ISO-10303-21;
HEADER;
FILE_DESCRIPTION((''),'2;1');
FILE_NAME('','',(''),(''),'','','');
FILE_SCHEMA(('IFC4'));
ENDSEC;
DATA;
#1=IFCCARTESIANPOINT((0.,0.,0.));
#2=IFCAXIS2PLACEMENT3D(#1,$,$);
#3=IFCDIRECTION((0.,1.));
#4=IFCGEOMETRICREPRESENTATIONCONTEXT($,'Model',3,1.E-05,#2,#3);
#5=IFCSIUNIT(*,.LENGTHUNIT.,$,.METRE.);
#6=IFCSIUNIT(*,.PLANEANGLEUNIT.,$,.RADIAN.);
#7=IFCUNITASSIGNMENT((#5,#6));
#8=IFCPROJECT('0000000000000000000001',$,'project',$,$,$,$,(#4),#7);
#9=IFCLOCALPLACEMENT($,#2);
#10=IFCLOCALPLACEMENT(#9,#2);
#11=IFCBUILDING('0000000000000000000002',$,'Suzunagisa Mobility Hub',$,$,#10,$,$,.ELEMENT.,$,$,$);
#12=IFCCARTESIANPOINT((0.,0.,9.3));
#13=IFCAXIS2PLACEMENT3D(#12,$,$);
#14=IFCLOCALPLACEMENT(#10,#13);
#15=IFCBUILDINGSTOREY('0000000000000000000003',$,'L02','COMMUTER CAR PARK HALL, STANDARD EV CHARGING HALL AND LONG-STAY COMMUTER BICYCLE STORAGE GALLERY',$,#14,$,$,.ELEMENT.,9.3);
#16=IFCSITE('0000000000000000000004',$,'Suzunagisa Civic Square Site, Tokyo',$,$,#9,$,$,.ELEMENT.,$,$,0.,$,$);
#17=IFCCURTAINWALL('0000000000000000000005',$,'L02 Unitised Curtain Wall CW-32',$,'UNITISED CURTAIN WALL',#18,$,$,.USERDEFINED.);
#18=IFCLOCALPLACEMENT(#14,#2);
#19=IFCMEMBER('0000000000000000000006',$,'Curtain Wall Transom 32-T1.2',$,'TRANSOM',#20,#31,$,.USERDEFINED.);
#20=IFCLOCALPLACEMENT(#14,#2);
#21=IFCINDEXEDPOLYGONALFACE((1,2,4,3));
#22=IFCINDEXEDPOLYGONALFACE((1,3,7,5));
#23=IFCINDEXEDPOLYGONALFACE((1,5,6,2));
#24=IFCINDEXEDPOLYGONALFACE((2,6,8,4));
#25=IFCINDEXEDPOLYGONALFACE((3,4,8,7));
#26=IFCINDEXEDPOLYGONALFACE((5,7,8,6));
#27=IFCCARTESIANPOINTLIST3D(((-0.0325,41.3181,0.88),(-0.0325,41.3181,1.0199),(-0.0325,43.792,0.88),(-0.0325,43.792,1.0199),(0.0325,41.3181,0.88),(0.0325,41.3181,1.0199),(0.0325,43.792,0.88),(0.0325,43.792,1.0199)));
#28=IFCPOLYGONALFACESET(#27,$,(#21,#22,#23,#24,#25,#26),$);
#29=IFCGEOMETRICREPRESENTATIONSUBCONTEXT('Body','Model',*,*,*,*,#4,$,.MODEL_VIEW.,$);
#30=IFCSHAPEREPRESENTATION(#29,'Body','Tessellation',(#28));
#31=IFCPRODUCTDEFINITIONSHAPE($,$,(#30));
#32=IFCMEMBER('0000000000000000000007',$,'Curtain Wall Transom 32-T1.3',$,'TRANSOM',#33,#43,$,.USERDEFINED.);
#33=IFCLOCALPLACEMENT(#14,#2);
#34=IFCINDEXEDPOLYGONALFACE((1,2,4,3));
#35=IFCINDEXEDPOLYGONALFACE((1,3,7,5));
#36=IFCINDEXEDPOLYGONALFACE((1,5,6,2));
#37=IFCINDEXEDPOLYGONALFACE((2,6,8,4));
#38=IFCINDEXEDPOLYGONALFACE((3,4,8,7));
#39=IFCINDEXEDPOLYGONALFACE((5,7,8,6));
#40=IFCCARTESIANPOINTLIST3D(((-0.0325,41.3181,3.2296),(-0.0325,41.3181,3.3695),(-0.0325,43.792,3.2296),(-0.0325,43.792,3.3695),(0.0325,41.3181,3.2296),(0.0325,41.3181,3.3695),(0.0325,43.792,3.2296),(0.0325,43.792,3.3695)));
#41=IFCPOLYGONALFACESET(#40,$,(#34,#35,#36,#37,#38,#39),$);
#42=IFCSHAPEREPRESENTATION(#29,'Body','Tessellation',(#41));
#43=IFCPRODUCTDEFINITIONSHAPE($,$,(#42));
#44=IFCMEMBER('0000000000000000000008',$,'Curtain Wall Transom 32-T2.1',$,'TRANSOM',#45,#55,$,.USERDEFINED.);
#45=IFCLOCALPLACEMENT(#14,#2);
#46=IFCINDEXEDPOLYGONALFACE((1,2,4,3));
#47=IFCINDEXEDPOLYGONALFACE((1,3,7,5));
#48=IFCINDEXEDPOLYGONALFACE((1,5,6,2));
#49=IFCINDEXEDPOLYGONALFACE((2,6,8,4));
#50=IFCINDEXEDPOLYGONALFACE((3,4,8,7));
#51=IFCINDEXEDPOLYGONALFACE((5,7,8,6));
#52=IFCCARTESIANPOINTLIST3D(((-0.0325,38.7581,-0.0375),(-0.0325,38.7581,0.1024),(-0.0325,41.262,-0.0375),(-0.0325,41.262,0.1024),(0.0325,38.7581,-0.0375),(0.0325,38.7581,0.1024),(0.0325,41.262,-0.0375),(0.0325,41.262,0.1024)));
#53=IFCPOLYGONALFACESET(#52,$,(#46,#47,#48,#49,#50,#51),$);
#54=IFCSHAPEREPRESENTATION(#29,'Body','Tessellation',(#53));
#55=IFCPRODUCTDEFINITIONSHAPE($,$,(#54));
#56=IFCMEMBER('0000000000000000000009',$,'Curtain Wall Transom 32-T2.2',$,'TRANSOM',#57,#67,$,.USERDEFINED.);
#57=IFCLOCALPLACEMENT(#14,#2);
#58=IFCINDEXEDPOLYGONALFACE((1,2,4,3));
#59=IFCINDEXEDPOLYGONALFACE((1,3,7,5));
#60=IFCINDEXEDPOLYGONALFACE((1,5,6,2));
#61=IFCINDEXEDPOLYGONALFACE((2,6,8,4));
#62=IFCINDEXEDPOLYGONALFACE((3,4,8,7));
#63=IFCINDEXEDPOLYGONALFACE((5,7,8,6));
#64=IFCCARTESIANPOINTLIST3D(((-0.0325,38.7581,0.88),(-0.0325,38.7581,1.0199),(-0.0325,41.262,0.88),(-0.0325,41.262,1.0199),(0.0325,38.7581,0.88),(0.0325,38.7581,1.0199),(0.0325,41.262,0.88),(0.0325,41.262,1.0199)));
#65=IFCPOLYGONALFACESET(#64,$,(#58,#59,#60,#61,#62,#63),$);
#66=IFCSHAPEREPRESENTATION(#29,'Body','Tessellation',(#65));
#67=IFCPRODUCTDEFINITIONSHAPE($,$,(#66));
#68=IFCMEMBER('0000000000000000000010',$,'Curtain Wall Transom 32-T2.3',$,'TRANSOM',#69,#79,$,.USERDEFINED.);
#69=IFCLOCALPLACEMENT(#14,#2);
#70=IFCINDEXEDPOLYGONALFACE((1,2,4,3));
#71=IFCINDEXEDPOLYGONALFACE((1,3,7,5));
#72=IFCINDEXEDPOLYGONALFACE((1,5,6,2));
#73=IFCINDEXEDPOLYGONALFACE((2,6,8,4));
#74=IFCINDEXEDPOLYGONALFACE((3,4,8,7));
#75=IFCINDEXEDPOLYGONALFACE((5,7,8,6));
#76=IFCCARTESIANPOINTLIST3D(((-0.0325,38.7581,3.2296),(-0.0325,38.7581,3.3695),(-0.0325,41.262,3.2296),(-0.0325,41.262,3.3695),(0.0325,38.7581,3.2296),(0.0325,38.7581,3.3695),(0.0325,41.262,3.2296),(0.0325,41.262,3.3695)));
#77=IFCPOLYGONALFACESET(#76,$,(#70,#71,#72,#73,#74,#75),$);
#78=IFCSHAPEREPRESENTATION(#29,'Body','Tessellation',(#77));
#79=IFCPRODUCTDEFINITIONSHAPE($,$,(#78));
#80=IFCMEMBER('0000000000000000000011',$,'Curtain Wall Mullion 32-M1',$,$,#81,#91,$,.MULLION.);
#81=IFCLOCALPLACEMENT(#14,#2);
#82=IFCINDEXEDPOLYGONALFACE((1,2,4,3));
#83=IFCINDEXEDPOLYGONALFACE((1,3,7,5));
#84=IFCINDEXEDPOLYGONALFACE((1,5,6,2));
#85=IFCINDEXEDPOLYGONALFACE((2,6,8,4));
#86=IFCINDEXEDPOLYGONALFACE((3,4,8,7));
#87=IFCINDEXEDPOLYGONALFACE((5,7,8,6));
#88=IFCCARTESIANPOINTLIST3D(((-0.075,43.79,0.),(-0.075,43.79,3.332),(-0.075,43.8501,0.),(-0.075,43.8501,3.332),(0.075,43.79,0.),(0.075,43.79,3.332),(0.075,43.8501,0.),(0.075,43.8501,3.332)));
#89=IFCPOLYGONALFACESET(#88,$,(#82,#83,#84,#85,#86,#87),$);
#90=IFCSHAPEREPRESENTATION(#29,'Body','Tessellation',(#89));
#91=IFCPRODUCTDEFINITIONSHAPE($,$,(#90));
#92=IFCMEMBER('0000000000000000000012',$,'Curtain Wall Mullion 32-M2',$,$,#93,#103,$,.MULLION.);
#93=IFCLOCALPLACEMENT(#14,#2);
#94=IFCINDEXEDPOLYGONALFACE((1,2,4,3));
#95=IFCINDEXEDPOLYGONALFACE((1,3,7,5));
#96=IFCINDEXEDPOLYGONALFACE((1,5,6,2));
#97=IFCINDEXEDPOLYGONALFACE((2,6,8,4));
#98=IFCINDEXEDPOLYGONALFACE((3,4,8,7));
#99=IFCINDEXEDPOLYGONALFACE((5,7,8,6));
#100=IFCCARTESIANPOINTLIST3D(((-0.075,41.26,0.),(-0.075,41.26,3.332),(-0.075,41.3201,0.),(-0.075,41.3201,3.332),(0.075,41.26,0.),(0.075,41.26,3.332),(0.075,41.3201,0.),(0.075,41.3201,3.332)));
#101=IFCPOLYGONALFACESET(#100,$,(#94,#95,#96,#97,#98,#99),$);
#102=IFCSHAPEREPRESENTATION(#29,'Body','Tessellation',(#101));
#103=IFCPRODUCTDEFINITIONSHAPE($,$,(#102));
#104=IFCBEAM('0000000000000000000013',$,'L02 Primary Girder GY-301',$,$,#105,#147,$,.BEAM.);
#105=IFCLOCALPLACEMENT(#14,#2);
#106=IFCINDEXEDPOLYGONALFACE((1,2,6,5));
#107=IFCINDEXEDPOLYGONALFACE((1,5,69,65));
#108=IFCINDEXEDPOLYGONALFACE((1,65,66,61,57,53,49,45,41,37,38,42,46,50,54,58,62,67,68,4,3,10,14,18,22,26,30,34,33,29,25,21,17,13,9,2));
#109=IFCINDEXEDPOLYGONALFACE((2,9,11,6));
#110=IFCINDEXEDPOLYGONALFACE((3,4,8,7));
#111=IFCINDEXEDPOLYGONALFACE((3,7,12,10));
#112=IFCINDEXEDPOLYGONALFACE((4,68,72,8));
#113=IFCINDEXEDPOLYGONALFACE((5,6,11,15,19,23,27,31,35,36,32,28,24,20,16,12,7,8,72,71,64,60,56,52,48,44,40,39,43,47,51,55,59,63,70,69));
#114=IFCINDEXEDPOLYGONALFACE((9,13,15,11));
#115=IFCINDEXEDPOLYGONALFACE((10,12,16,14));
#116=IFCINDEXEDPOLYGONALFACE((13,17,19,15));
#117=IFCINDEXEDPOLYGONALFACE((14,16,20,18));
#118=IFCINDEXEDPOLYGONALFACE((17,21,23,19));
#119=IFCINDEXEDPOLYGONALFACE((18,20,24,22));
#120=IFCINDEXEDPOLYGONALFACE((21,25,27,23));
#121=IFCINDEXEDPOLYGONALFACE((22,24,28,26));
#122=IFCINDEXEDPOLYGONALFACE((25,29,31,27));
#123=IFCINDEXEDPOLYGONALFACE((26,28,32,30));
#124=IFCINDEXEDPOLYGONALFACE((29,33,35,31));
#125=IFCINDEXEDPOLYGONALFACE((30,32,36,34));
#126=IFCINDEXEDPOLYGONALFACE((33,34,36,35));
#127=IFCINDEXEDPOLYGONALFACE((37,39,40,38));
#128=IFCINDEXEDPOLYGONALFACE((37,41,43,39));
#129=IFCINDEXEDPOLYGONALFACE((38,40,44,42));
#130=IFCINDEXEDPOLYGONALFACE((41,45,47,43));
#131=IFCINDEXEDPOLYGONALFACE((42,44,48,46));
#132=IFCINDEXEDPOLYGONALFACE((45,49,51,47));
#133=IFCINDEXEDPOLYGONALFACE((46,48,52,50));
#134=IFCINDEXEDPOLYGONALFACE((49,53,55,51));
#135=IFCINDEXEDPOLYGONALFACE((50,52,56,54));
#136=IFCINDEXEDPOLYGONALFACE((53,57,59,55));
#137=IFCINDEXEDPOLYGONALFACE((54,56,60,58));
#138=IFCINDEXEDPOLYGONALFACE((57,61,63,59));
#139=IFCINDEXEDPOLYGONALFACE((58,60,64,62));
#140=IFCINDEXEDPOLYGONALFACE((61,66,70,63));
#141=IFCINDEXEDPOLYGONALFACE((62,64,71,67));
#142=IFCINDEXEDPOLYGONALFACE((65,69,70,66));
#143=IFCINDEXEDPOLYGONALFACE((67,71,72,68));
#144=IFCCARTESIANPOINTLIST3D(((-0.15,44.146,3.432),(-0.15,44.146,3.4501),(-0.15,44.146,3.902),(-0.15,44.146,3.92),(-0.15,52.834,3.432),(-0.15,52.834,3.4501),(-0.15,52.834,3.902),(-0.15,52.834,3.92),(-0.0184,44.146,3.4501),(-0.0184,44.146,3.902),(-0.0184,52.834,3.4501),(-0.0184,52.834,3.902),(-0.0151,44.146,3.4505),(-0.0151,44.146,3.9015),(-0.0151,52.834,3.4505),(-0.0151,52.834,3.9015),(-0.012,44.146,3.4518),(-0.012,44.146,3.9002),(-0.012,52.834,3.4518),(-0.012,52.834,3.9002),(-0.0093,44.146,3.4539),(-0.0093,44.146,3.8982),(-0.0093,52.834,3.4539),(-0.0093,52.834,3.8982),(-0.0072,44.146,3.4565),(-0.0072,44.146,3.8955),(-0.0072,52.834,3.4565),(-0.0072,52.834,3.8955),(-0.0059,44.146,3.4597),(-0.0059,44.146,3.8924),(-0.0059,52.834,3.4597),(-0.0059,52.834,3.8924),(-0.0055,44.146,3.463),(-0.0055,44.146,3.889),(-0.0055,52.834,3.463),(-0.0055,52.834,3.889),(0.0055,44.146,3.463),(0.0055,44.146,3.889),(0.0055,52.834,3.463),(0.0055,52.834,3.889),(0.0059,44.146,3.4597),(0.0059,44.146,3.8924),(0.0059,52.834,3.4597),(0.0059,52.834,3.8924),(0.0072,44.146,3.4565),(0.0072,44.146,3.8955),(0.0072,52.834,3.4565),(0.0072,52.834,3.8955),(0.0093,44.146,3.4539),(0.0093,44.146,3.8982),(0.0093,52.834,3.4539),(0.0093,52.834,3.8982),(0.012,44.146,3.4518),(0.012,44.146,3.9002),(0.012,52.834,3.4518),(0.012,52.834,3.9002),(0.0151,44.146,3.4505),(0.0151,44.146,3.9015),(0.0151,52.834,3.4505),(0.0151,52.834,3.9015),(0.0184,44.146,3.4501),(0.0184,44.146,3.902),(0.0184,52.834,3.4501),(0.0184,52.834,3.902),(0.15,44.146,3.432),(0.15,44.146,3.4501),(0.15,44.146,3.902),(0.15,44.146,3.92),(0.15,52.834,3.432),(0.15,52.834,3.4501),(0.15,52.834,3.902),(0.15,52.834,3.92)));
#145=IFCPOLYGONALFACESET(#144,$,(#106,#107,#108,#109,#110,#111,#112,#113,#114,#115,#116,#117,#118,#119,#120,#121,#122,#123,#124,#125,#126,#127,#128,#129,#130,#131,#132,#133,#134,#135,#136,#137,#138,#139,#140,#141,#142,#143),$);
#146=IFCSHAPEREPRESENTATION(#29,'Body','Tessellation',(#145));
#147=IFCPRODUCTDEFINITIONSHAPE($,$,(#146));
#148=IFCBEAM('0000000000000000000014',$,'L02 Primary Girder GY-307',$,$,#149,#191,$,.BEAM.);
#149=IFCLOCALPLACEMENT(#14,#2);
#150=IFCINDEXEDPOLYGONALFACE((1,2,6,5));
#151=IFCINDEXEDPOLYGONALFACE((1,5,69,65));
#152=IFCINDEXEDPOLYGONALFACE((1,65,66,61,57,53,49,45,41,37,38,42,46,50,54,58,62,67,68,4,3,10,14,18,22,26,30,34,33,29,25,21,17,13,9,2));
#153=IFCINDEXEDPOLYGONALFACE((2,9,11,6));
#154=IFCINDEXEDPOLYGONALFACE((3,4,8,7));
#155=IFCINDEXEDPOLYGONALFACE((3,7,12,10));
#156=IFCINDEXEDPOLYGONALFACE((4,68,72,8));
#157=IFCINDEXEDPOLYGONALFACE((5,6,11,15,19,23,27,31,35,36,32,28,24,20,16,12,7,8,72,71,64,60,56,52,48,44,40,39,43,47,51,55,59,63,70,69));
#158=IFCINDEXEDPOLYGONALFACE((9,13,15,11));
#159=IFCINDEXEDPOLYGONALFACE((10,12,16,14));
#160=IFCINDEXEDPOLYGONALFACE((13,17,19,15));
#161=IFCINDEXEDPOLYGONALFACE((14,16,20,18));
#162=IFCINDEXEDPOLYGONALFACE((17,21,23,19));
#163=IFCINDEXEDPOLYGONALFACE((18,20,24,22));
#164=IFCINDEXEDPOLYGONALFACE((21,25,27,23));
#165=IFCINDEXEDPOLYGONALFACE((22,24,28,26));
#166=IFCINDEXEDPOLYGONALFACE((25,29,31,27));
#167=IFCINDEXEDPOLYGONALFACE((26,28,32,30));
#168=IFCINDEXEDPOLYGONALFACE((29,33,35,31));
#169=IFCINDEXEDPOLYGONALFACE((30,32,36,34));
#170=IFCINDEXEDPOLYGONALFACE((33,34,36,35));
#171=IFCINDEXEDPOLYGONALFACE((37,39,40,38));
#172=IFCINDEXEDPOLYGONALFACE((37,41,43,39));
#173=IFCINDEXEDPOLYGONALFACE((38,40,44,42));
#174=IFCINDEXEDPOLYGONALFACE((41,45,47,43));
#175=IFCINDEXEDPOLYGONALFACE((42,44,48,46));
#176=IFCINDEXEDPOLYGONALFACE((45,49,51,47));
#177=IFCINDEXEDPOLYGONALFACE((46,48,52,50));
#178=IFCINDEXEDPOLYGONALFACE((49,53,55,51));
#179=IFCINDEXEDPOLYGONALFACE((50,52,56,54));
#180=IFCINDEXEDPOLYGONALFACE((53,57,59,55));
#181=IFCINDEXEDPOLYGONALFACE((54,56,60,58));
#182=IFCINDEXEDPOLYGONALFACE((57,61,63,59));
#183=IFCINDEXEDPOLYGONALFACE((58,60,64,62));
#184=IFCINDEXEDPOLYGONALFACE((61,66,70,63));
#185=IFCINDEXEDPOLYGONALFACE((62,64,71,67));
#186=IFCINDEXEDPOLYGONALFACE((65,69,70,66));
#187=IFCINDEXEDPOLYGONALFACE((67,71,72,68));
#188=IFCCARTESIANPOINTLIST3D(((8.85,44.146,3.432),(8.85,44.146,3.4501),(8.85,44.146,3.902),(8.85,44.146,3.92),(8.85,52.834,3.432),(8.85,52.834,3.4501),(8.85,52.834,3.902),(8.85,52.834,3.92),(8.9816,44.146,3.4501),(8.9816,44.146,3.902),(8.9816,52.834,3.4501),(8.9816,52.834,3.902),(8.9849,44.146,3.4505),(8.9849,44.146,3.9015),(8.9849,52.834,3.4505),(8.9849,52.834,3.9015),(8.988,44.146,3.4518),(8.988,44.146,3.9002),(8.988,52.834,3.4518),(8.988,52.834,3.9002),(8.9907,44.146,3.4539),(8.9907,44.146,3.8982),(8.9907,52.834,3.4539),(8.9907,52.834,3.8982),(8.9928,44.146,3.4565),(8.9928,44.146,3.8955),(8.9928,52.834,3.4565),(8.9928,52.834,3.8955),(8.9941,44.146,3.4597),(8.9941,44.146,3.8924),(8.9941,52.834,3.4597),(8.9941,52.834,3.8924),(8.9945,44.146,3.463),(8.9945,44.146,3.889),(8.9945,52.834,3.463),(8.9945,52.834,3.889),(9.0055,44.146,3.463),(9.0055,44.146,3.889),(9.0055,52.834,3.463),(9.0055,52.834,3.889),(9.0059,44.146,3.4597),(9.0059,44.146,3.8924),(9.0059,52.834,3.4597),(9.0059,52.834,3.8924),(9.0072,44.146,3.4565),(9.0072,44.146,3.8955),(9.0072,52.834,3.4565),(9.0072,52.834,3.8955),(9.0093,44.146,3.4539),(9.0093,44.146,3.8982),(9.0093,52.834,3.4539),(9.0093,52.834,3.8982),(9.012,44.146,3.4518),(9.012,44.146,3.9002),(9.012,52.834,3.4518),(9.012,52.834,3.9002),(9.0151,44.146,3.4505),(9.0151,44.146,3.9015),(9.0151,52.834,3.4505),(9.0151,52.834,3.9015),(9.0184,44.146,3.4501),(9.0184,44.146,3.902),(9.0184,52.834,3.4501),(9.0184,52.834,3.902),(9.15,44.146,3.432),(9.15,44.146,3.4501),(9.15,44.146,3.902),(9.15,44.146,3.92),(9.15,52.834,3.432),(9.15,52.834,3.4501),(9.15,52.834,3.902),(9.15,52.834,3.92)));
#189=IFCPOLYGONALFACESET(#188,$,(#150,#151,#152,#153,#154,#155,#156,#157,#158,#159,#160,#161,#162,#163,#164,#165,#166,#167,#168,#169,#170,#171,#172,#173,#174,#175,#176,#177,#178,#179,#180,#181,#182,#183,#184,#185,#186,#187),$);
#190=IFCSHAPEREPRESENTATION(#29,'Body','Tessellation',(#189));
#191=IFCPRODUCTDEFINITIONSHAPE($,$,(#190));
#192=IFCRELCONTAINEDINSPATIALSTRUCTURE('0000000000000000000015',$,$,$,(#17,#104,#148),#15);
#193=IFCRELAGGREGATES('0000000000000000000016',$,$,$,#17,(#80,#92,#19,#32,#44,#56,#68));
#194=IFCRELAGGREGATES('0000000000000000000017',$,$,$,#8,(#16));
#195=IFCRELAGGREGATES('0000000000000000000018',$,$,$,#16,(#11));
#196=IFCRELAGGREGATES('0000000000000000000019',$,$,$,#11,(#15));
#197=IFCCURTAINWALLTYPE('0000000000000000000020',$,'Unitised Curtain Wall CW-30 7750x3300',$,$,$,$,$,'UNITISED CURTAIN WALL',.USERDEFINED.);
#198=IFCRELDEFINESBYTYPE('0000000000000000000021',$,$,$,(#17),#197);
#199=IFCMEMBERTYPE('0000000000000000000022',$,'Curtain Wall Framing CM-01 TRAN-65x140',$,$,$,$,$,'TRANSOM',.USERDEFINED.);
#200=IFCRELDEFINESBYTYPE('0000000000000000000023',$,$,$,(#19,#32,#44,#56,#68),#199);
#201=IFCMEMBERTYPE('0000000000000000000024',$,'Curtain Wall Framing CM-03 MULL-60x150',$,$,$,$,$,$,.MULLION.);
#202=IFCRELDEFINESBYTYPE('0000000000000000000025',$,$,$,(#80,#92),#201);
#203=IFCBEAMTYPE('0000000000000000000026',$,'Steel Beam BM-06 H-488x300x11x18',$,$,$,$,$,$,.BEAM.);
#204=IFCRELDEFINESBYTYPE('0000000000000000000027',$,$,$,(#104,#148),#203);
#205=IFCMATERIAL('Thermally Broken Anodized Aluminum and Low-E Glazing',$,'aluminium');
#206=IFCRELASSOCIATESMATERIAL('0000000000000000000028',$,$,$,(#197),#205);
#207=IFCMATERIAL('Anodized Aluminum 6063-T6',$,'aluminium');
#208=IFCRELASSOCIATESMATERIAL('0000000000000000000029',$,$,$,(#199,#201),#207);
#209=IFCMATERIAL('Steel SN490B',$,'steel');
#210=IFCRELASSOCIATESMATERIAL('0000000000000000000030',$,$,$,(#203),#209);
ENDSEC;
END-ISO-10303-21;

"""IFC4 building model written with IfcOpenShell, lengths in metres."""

from ifc_helpers import new_model, si_unit, direction, frame, origin, origin_2d, place, context, subcontext, project, spatial, rectangle, i_section, extrude, material, material_profile, profile_set, type_object, element, aggregate, save


model = new_model("IFC4")

# Units and contexts
model_context = context("Model", 3, precision=1e-05, world=origin(), true_north=direction((0.0, 1.0)))
body_context = subcontext(model_context, "Body", "Model", "MODEL_VIEW")
ifc_project = project(units=[si_unit("LENGTHUNIT", "METRE"), si_unit("PLANEANGLEUNIT", "RADIAN")], contexts=[model_context])

# Site, building, storey
site_placement = place(None, origin())
site = spatial("IfcSite", under=ifc_project, at=site_placement, Name="Suzunagisa Civic Square Site, Tokyo", CompositionType="ELEMENT", RefElevation=0.0)
building_placement = place(site_placement, origin())
building = spatial("IfcBuilding", under=site, at=building_placement, Name="Suzunagisa Mobility Hub", CompositionType="ELEMENT")
storey_placement = place(building_placement, frame((0.0, 0.0, 9.3)))
storey = spatial("IfcBuildingStorey", under=building, at=storey_placement, Name="L02", Description="COMMUTER CAR PARK HALL, STANDARD EV CHARGING HALL AND LONG-STAY COMMUTER BICYCLE STORAGE GALLERY", CompositionType="ELEMENT", Elevation=9.3)

# Shared definitions
ifc_material_1 = material(Name="Steel SN490B", Category="steel")

# Curtain wall, members
ifc_material_2 = material(Name="Thermally Broken Anodized Aluminum and Low-E Glazing", Category="aluminium")
curtain_wall_type = type_object("IfcCurtainWallType", Name="Unitised Curtain Wall CW-30 7750x3300", ElementType="UNITISED CURTAIN WALL", PredefinedType="USERDEFINED", material=ifc_material_2)
curtain_wall_placement = place(storey_placement, origin())
curtain_wall = element("IfcCurtainWall", 1, at=curtain_wall_placement, inside=storey, type_object=curtain_wall_type, Name="L02 Unitised Curtain Wall CW-32", ObjectType="UNITISED CURTAIN WALL", PredefinedType="USERDEFINED")
ifc_material_3 = material(Name="Anodized Aluminum 6063-T6", Category="aluminium")
ifc_material_profile_1 = material_profile(ifc_material_3, rectangle(XDim=0.0649, YDim=0.1399, at=origin_2d()), Name="TRAN-65x140")
ifc_profile_set_1 = profile_set([ifc_material_profile_1], Name="Anodized Aluminum 6063-T6")
member_type_1 = type_object("IfcMemberType", Name="Curtain Wall Framing CM-01 TRAN-65x140", ElementType="TRANSOM", PredefinedType="USERDEFINED", material=ifc_profile_set_1)
member_1_placement = place(storey_placement, frame((0.0, 43.792, 0.95), z_axis=(0.0, -1.0, 0.0), x_axis=(1.0, 0.0, 0.0)))
member_1 = element("IfcMember", 2, at=member_1_placement, type_object=member_type_1, Name="Curtain Wall Transom 32-T1.2", ObjectType="TRANSOM", PredefinedType="USERDEFINED", context=body_context, shape_type="SweptSolid", body=[
    extrude(rectangle(XDim=0.0649, YDim=0.1399, at=origin_2d()), origin(), (0.0, 0.0, 1.0), 2.4739),
])
member_2_placement = place(storey_placement, frame((0.0, 43.792, 3.2996), z_axis=(0.0, -1.0, 0.0), x_axis=(1.0, 0.0, 0.0)))
member_2 = element("IfcMember", 3, at=member_2_placement, type_object=member_type_1, Name="Curtain Wall Transom 32-T1.3", ObjectType="TRANSOM", PredefinedType="USERDEFINED", context=body_context, shape_type="SweptSolid", body=[
    extrude(rectangle(XDim=0.0649, YDim=0.1399, at=origin_2d()), origin(), (0.0, 0.0, 1.0), 2.4739),
])
member_3_placement = place(storey_placement, frame((0.0, 41.262, 0.0325), z_axis=(0.0, -1.0, 0.0), x_axis=(1.0, 0.0, 0.0)))
member_3 = element("IfcMember", 4, at=member_3_placement, type_object=member_type_1, Name="Curtain Wall Transom 32-T2.1", ObjectType="TRANSOM", PredefinedType="USERDEFINED", context=body_context, shape_type="SweptSolid", body=[
    extrude(rectangle(XDim=0.0649, YDim=0.1399, at=origin_2d()), origin(), (0.0, 0.0, 1.0), 2.5039),
])
member_4_placement = place(storey_placement, frame((0.0, 41.262, 0.95), z_axis=(0.0, -1.0, 0.0), x_axis=(1.0, 0.0, 0.0)))
member_4 = element("IfcMember", 5, at=member_4_placement, type_object=member_type_1, Name="Curtain Wall Transom 32-T2.2", ObjectType="TRANSOM", PredefinedType="USERDEFINED", context=body_context, shape_type="SweptSolid", body=[
    extrude(rectangle(XDim=0.0649, YDim=0.1399, at=origin_2d()), origin(), (0.0, 0.0, 1.0), 2.5039),
])
member_5_placement = place(storey_placement, frame((0.0, 41.262, 3.2996), z_axis=(0.0, -1.0, 0.0), x_axis=(1.0, 0.0, 0.0)))
member_5 = element("IfcMember", 6, at=member_5_placement, type_object=member_type_1, Name="Curtain Wall Transom 32-T2.3", ObjectType="TRANSOM", PredefinedType="USERDEFINED", context=body_context, shape_type="SweptSolid", body=[
    extrude(rectangle(XDim=0.0649, YDim=0.1399, at=origin_2d()), origin(), (0.0, 0.0, 1.0), 2.5039),
])
ifc_material_profile_2 = material_profile(ifc_material_3, rectangle(XDim=0.0601, YDim=0.1499, at=origin_2d()), Name="MULL-60x150")
ifc_profile_set_2 = profile_set([ifc_material_profile_2], Name="Anodized Aluminum 6063-T6")
member_type_2 = type_object("IfcMemberType", Name="Curtain Wall Framing CM-03 MULL-60x150", PredefinedType="MULLION", material=ifc_profile_set_2)
member_6_placement = place(storey_placement, frame((0.0, 43.8201, 0.0), z_axis=(0.0, 0.0, 1.0), x_axis=(0.0, -1.0, 0.0)))
member_6 = element("IfcMember", 7, at=member_6_placement, type_object=member_type_2, Name="Curtain Wall Mullion 32-M1", PredefinedType="MULLION", context=body_context, shape_type="SweptSolid", body=[
    extrude(rectangle(XDim=0.0601, YDim=0.1499, at=origin_2d()), origin(), (0.0, 0.0, 1.0), 3.332),
])
member_7_placement = place(storey_placement, frame((0.0, 41.29, 0.0), z_axis=(0.0, 0.0, 1.0), x_axis=(0.0, -1.0, 0.0)))
member_7 = element("IfcMember", 8, at=member_7_placement, type_object=member_type_2, Name="Curtain Wall Mullion 32-M2", PredefinedType="MULLION", context=body_context, shape_type="SweptSolid", body=[
    extrude(rectangle(XDim=0.0601, YDim=0.1499, at=origin_2d()), origin(), (0.0, 0.0, 1.0), 3.332),
])

# Beams
ifc_material_profile_3 = material_profile(ifc_material_1, i_section(OverallWidth=0.3, OverallDepth=0.488, WebThickness=0.011, FlangeThickness=0.0181, FilletRadius=0.0129, at=origin_2d()), Name="H-488x300x11x18")
ifc_profile_set_3 = profile_set([ifc_material_profile_3], Name="Steel SN490B")
beam_type_1 = type_object("IfcBeamType", Name="Steel Beam BM-06 H-488x300x11x18", PredefinedType="BEAM", material=ifc_profile_set_3)
for number, where, z_axis, x_axis, name in (
    (9, (0.0, 44.146, 3.676), (0.0, 1.0, 0.0), (-1.0, 0.0, 0.0), "L02 Primary Girder GY-301"),
    (10, (9.0, 44.146, 3.676), (0.0, 1.0, 0.0), (-1.0, 0.0, 0.0), "L02 Primary Girder GY-307"),
):
    element("IfcBeam", number, at=place(storey_placement, frame(where, z_axis=z_axis, x_axis=x_axis)), inside=storey, type_object=beam_type_1, Name=name, PredefinedType="BEAM", context=body_context, shape_type="SweptSolid", body=[
        extrude(i_section(OverallWidth=0.3, OverallDepth=0.488, WebThickness=0.011, FlangeThickness=0.0181, FilletRadius=0.0129, at=origin_2d()), origin(), (0.0, 0.0, 1.0), 8.688),
    ])

aggregate(curtain_wall, [member_6, member_7, member_1, member_2, member_3, member_4, member_5])

save(model, "model.ifc")
